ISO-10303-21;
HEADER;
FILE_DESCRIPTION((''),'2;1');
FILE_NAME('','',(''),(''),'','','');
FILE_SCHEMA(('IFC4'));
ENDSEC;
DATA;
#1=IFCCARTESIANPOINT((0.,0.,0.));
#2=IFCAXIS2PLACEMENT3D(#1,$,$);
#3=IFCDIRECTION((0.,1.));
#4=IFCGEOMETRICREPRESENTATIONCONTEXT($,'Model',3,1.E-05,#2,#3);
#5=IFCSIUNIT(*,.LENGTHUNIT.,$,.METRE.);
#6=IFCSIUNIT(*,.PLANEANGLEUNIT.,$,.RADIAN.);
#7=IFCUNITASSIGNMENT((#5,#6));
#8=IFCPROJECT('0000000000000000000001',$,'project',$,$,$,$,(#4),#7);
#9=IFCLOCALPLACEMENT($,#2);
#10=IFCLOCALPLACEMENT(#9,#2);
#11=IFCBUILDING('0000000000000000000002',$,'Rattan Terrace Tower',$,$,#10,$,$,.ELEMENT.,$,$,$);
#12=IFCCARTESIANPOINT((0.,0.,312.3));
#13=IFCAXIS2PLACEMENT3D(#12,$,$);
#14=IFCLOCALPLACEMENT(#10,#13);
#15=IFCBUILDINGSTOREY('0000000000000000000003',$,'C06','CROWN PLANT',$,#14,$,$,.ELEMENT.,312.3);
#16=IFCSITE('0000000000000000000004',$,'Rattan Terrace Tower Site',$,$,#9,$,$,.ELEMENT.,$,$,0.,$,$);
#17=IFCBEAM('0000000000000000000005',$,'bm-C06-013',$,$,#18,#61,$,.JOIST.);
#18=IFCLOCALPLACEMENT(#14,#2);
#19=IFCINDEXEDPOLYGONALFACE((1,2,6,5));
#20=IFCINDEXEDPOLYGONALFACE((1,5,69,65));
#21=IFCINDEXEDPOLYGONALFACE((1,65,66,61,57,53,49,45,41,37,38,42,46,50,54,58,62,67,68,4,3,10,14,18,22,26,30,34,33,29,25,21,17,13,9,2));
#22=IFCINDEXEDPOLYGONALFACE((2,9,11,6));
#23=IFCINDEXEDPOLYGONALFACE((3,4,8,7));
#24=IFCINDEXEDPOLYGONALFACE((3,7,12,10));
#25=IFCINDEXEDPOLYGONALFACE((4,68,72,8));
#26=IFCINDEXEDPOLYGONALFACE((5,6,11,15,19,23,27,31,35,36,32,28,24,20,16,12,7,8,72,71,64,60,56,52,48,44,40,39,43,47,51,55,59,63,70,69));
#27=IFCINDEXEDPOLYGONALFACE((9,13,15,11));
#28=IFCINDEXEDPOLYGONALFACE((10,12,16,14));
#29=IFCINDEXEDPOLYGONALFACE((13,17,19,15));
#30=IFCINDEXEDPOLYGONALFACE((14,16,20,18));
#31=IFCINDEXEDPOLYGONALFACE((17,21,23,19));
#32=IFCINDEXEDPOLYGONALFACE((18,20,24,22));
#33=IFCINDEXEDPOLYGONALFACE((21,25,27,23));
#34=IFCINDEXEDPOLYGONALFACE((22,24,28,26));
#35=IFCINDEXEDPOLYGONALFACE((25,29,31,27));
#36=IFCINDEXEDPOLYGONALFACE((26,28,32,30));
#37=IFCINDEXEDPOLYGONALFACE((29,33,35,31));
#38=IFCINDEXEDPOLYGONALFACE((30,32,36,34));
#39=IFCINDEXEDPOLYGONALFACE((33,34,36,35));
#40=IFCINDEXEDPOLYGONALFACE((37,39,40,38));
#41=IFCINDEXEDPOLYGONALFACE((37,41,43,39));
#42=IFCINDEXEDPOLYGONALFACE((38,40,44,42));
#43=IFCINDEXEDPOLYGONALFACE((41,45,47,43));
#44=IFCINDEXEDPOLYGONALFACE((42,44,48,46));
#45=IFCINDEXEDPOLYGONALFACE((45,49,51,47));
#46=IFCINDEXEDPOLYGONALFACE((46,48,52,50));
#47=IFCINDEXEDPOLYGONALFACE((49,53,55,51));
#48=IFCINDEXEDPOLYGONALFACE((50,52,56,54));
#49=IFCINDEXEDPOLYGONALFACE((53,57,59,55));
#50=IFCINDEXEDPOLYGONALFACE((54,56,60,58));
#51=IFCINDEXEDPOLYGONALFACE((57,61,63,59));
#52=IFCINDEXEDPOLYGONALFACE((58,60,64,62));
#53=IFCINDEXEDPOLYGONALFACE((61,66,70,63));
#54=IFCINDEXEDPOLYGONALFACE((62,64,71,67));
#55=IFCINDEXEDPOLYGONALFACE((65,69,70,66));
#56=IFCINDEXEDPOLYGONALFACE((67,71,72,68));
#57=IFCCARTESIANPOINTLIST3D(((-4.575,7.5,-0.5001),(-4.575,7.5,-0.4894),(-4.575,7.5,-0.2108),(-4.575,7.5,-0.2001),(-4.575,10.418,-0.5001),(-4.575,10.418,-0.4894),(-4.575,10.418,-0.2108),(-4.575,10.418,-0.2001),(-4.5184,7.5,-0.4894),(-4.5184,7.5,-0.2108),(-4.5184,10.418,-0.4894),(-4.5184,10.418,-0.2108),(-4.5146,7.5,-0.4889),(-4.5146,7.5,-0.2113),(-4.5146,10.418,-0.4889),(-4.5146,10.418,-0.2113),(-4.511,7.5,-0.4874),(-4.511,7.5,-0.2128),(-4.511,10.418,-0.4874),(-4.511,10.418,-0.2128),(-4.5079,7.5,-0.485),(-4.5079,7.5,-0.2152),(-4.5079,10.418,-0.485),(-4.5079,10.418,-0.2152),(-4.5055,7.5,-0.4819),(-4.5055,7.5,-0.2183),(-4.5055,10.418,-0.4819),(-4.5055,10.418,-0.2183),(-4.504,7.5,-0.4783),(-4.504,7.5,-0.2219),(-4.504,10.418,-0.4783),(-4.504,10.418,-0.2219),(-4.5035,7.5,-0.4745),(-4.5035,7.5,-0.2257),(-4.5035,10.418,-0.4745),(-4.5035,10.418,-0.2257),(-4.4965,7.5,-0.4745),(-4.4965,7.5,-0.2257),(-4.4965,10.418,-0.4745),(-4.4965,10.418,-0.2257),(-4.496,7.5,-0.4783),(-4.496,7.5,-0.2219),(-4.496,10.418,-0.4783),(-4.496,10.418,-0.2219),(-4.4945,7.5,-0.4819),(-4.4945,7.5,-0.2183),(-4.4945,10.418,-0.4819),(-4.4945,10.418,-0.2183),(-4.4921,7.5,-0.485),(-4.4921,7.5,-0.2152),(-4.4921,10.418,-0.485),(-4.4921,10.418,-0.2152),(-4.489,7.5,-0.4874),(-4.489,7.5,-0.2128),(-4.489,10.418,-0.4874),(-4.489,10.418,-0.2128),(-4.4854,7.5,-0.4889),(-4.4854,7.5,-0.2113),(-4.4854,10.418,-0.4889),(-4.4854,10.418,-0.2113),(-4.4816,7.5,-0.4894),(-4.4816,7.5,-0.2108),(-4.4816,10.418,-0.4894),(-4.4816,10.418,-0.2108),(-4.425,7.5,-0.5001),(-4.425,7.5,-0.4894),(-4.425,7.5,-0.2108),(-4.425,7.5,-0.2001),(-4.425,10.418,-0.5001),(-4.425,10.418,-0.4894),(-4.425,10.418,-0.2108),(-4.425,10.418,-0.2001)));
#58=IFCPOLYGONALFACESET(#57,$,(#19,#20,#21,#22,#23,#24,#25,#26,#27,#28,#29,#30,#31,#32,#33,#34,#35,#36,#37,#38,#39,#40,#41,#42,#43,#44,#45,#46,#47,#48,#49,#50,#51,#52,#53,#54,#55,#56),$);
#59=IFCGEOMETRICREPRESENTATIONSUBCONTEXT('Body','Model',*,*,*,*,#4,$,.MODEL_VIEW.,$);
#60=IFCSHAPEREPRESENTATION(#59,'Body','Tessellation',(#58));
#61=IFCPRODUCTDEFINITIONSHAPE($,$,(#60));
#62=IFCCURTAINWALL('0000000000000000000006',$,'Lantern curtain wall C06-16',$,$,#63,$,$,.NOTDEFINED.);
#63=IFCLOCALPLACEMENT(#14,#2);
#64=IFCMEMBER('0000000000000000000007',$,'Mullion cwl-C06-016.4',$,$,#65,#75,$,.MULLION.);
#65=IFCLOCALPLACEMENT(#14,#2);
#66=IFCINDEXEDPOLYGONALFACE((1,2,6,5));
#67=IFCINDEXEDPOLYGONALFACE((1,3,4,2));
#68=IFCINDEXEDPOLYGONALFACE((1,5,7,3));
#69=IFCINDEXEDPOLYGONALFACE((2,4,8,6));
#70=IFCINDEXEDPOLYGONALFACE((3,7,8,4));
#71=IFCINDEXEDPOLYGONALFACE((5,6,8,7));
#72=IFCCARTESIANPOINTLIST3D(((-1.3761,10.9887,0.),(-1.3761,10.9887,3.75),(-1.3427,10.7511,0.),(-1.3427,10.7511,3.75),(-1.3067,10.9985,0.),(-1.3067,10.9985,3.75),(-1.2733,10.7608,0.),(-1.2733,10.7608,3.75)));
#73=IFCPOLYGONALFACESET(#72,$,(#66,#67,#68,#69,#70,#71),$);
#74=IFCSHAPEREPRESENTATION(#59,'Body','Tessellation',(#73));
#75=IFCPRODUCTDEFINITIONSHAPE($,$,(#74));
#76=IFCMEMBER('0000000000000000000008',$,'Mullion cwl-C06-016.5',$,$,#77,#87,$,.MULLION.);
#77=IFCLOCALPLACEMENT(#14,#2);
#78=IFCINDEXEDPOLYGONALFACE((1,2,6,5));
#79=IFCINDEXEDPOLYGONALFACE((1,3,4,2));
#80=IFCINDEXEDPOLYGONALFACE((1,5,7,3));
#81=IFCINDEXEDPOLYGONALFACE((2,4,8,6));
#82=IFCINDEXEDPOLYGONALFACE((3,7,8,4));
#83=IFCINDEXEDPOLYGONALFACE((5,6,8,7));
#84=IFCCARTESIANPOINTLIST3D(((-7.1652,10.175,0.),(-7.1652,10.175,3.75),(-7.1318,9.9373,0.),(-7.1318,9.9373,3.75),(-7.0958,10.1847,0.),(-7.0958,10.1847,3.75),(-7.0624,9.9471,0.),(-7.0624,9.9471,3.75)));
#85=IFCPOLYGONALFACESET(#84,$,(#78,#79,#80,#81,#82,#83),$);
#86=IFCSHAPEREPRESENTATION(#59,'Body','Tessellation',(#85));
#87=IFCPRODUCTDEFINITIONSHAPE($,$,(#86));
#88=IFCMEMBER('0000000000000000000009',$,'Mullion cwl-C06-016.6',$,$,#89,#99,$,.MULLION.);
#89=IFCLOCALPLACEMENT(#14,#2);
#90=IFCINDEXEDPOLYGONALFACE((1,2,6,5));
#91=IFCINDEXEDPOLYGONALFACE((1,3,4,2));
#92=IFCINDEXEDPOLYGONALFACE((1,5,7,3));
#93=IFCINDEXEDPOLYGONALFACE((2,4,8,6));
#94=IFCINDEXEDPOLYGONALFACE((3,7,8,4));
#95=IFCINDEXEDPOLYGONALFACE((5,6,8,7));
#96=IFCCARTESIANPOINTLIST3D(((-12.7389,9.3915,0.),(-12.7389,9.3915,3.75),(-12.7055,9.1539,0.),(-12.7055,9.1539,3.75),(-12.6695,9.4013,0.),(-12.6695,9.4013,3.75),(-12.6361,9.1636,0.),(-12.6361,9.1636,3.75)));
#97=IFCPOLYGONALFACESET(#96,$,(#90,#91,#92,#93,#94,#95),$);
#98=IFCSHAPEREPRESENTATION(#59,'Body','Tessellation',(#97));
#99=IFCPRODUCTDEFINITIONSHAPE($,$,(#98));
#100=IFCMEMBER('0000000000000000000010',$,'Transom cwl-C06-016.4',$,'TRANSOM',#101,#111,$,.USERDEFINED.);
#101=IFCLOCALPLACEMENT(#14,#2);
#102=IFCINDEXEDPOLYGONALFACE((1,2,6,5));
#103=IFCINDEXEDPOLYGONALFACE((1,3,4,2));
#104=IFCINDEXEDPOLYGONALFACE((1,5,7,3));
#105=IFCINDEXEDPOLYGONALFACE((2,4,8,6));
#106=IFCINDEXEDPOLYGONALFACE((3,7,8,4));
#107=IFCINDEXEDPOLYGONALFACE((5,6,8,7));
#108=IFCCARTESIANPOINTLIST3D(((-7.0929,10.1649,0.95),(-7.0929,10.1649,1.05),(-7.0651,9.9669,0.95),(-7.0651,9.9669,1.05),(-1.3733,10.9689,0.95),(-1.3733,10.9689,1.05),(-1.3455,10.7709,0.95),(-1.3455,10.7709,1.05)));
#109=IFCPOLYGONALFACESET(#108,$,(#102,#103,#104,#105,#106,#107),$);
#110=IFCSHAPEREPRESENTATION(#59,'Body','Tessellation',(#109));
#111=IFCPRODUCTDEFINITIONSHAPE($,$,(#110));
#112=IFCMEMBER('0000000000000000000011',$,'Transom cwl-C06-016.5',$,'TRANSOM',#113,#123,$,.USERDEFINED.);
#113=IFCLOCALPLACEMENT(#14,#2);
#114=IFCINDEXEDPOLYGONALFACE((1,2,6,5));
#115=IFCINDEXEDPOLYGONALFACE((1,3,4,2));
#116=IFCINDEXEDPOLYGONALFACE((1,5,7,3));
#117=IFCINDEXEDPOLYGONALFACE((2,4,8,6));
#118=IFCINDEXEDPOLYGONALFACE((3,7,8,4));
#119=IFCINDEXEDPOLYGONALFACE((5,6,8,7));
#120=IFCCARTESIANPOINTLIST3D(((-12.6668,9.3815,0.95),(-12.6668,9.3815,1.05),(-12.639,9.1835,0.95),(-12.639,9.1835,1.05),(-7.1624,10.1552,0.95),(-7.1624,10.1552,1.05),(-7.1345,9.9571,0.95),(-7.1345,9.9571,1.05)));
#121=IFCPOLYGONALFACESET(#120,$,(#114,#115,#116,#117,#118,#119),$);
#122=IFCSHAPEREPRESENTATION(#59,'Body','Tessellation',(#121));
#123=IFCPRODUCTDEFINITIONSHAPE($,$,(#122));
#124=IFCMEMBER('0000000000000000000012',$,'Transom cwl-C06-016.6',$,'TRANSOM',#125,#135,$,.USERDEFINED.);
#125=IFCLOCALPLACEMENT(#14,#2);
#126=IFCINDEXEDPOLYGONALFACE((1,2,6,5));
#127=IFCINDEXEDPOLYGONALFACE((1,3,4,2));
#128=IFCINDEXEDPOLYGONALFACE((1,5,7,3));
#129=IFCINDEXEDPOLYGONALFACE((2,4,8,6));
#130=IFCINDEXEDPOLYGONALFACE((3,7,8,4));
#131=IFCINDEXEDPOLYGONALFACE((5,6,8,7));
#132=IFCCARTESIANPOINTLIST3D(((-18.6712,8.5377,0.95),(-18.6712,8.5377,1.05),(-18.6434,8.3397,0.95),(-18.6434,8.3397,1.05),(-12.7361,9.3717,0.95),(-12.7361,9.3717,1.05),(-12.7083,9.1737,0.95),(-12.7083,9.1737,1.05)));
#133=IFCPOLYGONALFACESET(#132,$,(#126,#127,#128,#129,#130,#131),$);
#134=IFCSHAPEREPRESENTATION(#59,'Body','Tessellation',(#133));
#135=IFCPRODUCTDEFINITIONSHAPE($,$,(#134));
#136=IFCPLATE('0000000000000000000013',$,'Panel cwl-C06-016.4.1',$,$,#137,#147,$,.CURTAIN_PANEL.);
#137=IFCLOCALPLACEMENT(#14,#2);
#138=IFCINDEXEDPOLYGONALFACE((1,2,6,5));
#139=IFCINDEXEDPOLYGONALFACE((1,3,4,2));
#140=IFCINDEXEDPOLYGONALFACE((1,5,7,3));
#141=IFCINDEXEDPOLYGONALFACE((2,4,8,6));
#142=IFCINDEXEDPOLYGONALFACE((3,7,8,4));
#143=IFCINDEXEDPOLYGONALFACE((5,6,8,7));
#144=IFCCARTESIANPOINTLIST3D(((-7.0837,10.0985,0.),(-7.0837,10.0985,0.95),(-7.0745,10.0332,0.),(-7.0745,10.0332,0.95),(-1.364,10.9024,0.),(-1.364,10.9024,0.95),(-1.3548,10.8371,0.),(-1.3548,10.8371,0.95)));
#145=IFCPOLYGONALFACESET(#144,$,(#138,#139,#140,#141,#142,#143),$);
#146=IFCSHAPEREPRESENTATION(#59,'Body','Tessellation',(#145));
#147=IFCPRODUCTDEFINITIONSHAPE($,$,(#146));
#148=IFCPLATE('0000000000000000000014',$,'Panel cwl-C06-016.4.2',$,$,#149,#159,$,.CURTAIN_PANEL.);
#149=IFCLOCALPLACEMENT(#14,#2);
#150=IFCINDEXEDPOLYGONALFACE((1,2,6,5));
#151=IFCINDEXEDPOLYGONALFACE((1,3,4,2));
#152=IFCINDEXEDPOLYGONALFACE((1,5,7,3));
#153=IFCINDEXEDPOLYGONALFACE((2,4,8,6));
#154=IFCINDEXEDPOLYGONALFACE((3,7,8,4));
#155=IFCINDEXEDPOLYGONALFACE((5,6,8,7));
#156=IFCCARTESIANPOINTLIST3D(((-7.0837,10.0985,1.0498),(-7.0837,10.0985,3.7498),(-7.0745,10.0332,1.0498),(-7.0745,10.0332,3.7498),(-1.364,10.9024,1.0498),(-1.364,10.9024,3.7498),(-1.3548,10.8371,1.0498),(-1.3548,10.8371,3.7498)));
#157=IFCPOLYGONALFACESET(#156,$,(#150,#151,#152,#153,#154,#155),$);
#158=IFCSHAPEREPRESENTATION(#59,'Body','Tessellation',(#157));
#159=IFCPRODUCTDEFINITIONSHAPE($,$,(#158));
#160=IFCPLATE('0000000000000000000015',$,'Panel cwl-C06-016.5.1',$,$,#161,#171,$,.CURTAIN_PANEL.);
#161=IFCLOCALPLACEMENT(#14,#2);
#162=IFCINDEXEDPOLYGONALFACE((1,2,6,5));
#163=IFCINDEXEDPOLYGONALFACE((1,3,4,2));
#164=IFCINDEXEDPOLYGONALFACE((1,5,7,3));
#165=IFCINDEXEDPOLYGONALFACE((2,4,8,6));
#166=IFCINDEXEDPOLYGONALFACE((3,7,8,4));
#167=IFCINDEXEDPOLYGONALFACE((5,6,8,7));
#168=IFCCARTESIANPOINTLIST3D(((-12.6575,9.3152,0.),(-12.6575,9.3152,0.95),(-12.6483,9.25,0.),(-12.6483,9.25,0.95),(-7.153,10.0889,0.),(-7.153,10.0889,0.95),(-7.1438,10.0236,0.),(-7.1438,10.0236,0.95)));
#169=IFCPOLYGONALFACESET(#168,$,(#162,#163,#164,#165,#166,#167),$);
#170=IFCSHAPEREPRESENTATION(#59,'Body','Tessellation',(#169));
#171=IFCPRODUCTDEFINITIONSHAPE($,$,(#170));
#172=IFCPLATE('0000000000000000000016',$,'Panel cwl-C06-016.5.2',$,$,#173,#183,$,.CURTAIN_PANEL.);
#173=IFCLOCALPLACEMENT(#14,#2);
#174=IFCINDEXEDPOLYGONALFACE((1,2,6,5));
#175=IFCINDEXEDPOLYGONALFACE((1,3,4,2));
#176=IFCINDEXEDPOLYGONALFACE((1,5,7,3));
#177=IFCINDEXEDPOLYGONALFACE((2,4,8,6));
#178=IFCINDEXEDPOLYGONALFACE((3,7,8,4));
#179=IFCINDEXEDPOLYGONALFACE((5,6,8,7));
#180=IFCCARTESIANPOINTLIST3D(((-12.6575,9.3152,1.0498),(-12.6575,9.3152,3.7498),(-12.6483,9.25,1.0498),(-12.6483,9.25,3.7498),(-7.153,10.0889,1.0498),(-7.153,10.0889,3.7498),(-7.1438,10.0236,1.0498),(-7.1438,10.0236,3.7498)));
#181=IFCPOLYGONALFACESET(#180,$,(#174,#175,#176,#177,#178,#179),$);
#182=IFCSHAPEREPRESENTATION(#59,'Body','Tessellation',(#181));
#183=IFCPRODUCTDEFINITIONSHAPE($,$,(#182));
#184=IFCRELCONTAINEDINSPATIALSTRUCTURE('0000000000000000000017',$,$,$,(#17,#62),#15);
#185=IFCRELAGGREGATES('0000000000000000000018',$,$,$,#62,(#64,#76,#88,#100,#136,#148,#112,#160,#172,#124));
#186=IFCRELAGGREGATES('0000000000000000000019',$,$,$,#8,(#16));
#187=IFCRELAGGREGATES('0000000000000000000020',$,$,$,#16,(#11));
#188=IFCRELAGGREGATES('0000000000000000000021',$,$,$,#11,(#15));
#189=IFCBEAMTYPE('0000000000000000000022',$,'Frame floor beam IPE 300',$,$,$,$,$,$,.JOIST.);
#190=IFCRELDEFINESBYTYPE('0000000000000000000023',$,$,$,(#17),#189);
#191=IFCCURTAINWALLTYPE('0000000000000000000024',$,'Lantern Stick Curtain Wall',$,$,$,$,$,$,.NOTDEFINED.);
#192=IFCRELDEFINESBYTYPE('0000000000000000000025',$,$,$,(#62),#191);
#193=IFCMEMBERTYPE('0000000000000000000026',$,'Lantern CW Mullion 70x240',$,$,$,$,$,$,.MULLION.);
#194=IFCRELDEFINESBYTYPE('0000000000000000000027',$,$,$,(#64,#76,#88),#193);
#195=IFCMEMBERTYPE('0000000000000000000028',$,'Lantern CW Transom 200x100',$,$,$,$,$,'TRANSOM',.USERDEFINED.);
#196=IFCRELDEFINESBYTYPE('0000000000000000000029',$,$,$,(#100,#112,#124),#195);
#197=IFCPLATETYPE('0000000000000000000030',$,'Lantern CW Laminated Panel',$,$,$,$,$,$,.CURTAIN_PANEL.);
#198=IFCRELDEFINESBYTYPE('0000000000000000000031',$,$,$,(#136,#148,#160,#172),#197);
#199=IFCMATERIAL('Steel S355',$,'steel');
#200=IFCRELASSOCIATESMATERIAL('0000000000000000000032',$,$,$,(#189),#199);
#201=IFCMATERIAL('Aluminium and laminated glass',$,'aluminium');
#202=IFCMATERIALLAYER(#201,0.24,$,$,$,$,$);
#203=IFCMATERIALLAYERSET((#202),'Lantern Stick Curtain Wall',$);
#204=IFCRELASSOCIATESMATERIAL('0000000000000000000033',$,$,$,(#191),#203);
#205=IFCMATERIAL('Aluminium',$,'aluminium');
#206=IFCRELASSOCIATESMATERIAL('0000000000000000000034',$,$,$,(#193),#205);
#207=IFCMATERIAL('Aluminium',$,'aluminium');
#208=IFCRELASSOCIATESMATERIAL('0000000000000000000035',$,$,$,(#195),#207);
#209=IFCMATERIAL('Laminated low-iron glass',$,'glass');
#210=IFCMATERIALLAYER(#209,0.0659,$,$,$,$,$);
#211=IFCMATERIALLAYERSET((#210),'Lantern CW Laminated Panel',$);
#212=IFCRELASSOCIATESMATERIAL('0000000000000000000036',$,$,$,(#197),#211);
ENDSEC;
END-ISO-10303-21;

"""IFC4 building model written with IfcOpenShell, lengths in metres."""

from ifc_helpers import new_model, si_unit, direction, frame, origin, origin_2d, place, context, subcontext, project, spatial, rectangle, i_section, extrude, material, layer, layer_set, material_profile, profile_set, type_object, element, aggregate, save


model = new_model("IFC4")

# Units and contexts
model_context = context("Model", 3, precision=1e-05, world=origin(), true_north=direction((0.0, 1.0)))
body_context = subcontext(model_context, "Body", "Model", "MODEL_VIEW")
ifc_project = project(units=[si_unit("LENGTHUNIT", "METRE"), si_unit("PLANEANGLEUNIT", "RADIAN")], contexts=[model_context])

# Site, building, storey
site_placement = place(None, origin())
site = spatial("IfcSite", under=ifc_project, at=site_placement, Name="Rattan Terrace Tower Site", CompositionType="ELEMENT", RefElevation=0.0)
building_placement = place(site_placement, origin())
building = spatial("IfcBuilding", under=site, at=building_placement, Name="Rattan Terrace Tower", CompositionType="ELEMENT")
storey_placement = place(building_placement, frame((0.0, 0.0, 312.3)))
storey = spatial("IfcBuildingStorey", under=building, at=storey_placement, Name="C06", Description="CROWN PLANT", CompositionType="ELEMENT", Elevation=312.3)

# Beam
ifc_material_1 = material(Name="Steel S355", Category="steel")
ifc_material_profile_1 = material_profile(ifc_material_1, i_section(OverallWidth=0.1499, OverallDepth=0.3, WebThickness=0.0071, FlangeThickness=0.0107, FilletRadius=0.0149, at=origin_2d()), Name="IPE 300")
ifc_profile_set_1 = profile_set([ifc_material_profile_1], Name="Steel S355")
beam_type = type_object("IfcBeamType", Name="Frame floor beam IPE 300", PredefinedType="JOIST", material=ifc_profile_set_1)
beam_1_placement = place(storey_placement, frame((-4.5, 7.5, -0.3501), z_axis=(0.0, 1.0, 0.0), x_axis=(-1.0, 0.0, 0.0)))
element("IfcBeam", 1, at=beam_1_placement, inside=storey, type_object=beam_type, Name="bm-C06-013", PredefinedType="JOIST", context=body_context, shape_type="SweptSolid", body=[
    extrude(i_section(OverallWidth=0.1499, OverallDepth=0.3, WebThickness=0.0071, FlangeThickness=0.0107, FilletRadius=0.0149, at=origin_2d()), origin(), (0.0, 0.0, 1.0), 2.918),
])

# Curtain wall, members, plates
ifc_material_2 = material(Name="Aluminium and laminated glass", Category="aluminium")
ifc_layer_1 = layer(ifc_material_2, 0.24)
ifc_layer_set_1 = layer_set([ifc_layer_1], Name="Lantern Stick Curtain Wall")
curtain_wall_type = type_object("IfcCurtainWallType", Name="Lantern Stick Curtain Wall", PredefinedType="NOTDEFINED", material=ifc_layer_set_1)
curtain_wall_placement = place(storey_placement, origin())
curtain_wall = element("IfcCurtainWall", 2, at=curtain_wall_placement, inside=storey, type_object=curtain_wall_type, Name="Lantern curtain wall C06-16", PredefinedType="NOTDEFINED")
ifc_material_3 = material(Name="Aluminium", Category="aluminium")
ifc_material_profile_2 = material_profile(ifc_material_3, rectangle(XDim=0.0701, YDim=0.24, at=origin_2d()), Name="Aluminium 70x240")
ifc_profile_set_2 = profile_set([ifc_material_profile_2], Name="Aluminium")
member_type_1 = type_object("IfcMemberType", Name="Lantern CW Mullion 70x240", PredefinedType="MULLION", material=ifc_profile_set_2)
member_1_placement = place(storey_placement, frame((-1.3247, 10.8748, 0.0), z_axis=(0.0, 0.0, 1.0), x_axis=(-0.990267, -0.139181, 0.0)))
member_1 = element("IfcMember", 3, at=member_1_placement, type_object=member_type_1, Name="Mullion cwl-C06-016.4", PredefinedType="MULLION", context=body_context, shape_type="SweptSolid", body=[
    extrude(rectangle(XDim=0.0701, YDim=0.24, at=origin_2d()), origin(), (0.0, 0.0, 1.0), 3.75),
])
member_2_placement = place(storey_placement, frame((-7.1138, 10.061, 0.0), z_axis=(0.0, 0.0, 1.0), x_axis=(-0.990267, -0.139181, 0.0)))
member_2 = element("IfcMember", 4, at=member_2_placement, type_object=member_type_1, Name="Mullion cwl-C06-016.5", PredefinedType="MULLION", context=body_context, shape_type="SweptSolid", body=[
    extrude(rectangle(XDim=0.0701, YDim=0.24, at=origin_2d()), origin(), (0.0, 0.0, 1.0), 3.75),
])
member_3_placement = place(storey_placement, frame((-12.6875, 9.2776, 0.0), z_axis=(0.0, 0.0, 1.0), x_axis=(-0.990267, -0.139181, 0.0)))
member_3 = element("IfcMember", 5, at=member_3_placement, type_object=member_type_1, Name="Mullion cwl-C06-016.6", PredefinedType="MULLION", context=body_context, shape_type="SweptSolid", body=[
    extrude(rectangle(XDim=0.0701, YDim=0.24, at=origin_2d()), origin(), (0.0, 0.0, 1.0), 3.75),
])
ifc_material_4 = material(Name="Aluminium", Category="aluminium")
ifc_material_profile_3 = material_profile(ifc_material_4, rectangle(XDim=0.2, YDim=0.1001, at=origin_2d()), Name="Aluminium 200x100")
ifc_profile_set_3 = profile_set([ifc_material_profile_3], Name="Aluminium")
member_type_2 = type_object("IfcMemberType", Name="Lantern CW Transom 200x100", ElementType="TRANSOM", PredefinedType="USERDEFINED", material=ifc_profile_set_3)
member_4_placement = place(storey_placement, frame((-1.3594, 10.8699, 1.0), z_axis=(-0.990266, -0.13919, 0.0), x_axis=(0.13919, -0.990266, 0.0)))
member_4 = element("IfcMember", 6, at=member_4_placement, type_object=member_type_2, Name="Transom cwl-C06-016.4", ObjectType="TRANSOM", PredefinedType="USERDEFINED", context=body_context, shape_type="SweptSolid", body=[
    extrude(rectangle(XDim=0.2, YDim=0.1001, at=origin_2d()), origin(), (0.0, 0.0, 1.0), 5.7759),
])
member_5_placement = place(storey_placement, frame((-7.1484, 10.0562, 1.0), z_axis=(-0.990266, -0.139189, 0.0), x_axis=(0.139189, -0.990266, 0.0)))
member_5 = element("IfcMember", 7, at=member_5_placement, type_object=member_type_2, Name="Transom cwl-C06-016.5", ObjectType="TRANSOM", PredefinedType="USERDEFINED", context=body_context, shape_type="SweptSolid", body=[
    extrude(rectangle(XDim=0.2, YDim=0.1001, at=origin_2d()), origin(), (0.0, 0.0, 1.0), 5.5586),
])
member_6_placement = place(storey_placement, frame((-12.7222, 9.2727, 1.0), z_axis=(-0.990271, -0.139151, 0.0), x_axis=(0.139151, -0.990271, 0.0)))
member_6 = element("IfcMember", 8, at=member_6_placement, type_object=member_type_2, Name="Transom cwl-C06-016.6", ObjectType="TRANSOM", PredefinedType="USERDEFINED", context=body_context, shape_type="SweptSolid", body=[
    extrude(rectangle(XDim=0.2, YDim=0.1001, at=origin_2d()), origin(), (0.0, 0.0, 1.0), 5.9934),
])
ifc_material_5 = material(Name="Laminated low-iron glass", Category="glass")
ifc_layer_2 = layer(ifc_material_5, 0.0659)
ifc_layer_set_2 = layer_set([ifc_layer_2], Name="Lantern CW Laminated Panel")
plate_type = type_object("IfcPlateType", Name="Lantern CW Laminated Panel", PredefinedType="CURTAIN_PANEL", material=ifc_layer_set_2)
plate_1_placement = place(storey_placement, frame((-4.2192, 10.4678, 0.0), z_axis=(0.0, 0.0, 1.0), x_axis=(-0.990267, -0.139181, 0.0)))
plate_1 = element("IfcPlate", 9, at=plate_1_placement, type_object=plate_type, Name="Panel cwl-C06-016.4.1", PredefinedType="CURTAIN_PANEL", context=body_context, shape_type="SweptSolid", body=[
    extrude(rectangle(XDim=5.7759, YDim=0.0659, at=origin_2d()), origin(), (0.0, 0.0, 1.0), 0.95),
])
plate_2_placement = place(storey_placement, frame((-4.2192, 10.4678, 1.0498), z_axis=(0.0, 0.0, 1.0), x_axis=(-0.990267, -0.139181, 0.0)))
plate_2 = element("IfcPlate", 10, at=plate_2_placement, type_object=plate_type, Name="Panel cwl-C06-016.4.2", PredefinedType="CURTAIN_PANEL", context=body_context, shape_type="SweptSolid", body=[
    extrude(rectangle(XDim=5.7759, YDim=0.0659, at=origin_2d()), origin(), (0.0, 0.0, 1.0), 2.7),
])
plate_3_placement = place(storey_placement, frame((-9.9006, 9.6694, 0.0), z_axis=(0.0, 0.0, 1.0), x_axis=(-0.990267, -0.139181, 0.0)))
plate_3 = element("IfcPlate", 11, at=plate_3_placement, type_object=plate_type, Name="Panel cwl-C06-016.5.1", PredefinedType="CURTAIN_PANEL", context=body_context, shape_type="SweptSolid", body=[
    extrude(rectangle(XDim=5.5586, YDim=0.0659, at=origin_2d()), origin(), (0.0, 0.0, 1.0), 0.95),
])
plate_4_placement = place(storey_placement, frame((-9.9006, 9.6694, 1.0498), z_axis=(0.0, 0.0, 1.0), x_axis=(-0.990267, -0.139181, 0.0)))
plate_4 = element("IfcPlate", 12, at=plate_4_placement, type_object=plate_type, Name="Panel cwl-C06-016.5.2", PredefinedType="CURTAIN_PANEL", context=body_context, shape_type="SweptSolid", body=[
    extrude(rectangle(XDim=5.5586, YDim=0.0659, at=origin_2d()), origin(), (0.0, 0.0, 1.0), 2.7),
])
aggregate(curtain_wall, [member_1, member_2, member_3, member_4, plate_1, plate_2, member_5, plate_3, plate_4, member_6])

save(model, "model.ifc")
